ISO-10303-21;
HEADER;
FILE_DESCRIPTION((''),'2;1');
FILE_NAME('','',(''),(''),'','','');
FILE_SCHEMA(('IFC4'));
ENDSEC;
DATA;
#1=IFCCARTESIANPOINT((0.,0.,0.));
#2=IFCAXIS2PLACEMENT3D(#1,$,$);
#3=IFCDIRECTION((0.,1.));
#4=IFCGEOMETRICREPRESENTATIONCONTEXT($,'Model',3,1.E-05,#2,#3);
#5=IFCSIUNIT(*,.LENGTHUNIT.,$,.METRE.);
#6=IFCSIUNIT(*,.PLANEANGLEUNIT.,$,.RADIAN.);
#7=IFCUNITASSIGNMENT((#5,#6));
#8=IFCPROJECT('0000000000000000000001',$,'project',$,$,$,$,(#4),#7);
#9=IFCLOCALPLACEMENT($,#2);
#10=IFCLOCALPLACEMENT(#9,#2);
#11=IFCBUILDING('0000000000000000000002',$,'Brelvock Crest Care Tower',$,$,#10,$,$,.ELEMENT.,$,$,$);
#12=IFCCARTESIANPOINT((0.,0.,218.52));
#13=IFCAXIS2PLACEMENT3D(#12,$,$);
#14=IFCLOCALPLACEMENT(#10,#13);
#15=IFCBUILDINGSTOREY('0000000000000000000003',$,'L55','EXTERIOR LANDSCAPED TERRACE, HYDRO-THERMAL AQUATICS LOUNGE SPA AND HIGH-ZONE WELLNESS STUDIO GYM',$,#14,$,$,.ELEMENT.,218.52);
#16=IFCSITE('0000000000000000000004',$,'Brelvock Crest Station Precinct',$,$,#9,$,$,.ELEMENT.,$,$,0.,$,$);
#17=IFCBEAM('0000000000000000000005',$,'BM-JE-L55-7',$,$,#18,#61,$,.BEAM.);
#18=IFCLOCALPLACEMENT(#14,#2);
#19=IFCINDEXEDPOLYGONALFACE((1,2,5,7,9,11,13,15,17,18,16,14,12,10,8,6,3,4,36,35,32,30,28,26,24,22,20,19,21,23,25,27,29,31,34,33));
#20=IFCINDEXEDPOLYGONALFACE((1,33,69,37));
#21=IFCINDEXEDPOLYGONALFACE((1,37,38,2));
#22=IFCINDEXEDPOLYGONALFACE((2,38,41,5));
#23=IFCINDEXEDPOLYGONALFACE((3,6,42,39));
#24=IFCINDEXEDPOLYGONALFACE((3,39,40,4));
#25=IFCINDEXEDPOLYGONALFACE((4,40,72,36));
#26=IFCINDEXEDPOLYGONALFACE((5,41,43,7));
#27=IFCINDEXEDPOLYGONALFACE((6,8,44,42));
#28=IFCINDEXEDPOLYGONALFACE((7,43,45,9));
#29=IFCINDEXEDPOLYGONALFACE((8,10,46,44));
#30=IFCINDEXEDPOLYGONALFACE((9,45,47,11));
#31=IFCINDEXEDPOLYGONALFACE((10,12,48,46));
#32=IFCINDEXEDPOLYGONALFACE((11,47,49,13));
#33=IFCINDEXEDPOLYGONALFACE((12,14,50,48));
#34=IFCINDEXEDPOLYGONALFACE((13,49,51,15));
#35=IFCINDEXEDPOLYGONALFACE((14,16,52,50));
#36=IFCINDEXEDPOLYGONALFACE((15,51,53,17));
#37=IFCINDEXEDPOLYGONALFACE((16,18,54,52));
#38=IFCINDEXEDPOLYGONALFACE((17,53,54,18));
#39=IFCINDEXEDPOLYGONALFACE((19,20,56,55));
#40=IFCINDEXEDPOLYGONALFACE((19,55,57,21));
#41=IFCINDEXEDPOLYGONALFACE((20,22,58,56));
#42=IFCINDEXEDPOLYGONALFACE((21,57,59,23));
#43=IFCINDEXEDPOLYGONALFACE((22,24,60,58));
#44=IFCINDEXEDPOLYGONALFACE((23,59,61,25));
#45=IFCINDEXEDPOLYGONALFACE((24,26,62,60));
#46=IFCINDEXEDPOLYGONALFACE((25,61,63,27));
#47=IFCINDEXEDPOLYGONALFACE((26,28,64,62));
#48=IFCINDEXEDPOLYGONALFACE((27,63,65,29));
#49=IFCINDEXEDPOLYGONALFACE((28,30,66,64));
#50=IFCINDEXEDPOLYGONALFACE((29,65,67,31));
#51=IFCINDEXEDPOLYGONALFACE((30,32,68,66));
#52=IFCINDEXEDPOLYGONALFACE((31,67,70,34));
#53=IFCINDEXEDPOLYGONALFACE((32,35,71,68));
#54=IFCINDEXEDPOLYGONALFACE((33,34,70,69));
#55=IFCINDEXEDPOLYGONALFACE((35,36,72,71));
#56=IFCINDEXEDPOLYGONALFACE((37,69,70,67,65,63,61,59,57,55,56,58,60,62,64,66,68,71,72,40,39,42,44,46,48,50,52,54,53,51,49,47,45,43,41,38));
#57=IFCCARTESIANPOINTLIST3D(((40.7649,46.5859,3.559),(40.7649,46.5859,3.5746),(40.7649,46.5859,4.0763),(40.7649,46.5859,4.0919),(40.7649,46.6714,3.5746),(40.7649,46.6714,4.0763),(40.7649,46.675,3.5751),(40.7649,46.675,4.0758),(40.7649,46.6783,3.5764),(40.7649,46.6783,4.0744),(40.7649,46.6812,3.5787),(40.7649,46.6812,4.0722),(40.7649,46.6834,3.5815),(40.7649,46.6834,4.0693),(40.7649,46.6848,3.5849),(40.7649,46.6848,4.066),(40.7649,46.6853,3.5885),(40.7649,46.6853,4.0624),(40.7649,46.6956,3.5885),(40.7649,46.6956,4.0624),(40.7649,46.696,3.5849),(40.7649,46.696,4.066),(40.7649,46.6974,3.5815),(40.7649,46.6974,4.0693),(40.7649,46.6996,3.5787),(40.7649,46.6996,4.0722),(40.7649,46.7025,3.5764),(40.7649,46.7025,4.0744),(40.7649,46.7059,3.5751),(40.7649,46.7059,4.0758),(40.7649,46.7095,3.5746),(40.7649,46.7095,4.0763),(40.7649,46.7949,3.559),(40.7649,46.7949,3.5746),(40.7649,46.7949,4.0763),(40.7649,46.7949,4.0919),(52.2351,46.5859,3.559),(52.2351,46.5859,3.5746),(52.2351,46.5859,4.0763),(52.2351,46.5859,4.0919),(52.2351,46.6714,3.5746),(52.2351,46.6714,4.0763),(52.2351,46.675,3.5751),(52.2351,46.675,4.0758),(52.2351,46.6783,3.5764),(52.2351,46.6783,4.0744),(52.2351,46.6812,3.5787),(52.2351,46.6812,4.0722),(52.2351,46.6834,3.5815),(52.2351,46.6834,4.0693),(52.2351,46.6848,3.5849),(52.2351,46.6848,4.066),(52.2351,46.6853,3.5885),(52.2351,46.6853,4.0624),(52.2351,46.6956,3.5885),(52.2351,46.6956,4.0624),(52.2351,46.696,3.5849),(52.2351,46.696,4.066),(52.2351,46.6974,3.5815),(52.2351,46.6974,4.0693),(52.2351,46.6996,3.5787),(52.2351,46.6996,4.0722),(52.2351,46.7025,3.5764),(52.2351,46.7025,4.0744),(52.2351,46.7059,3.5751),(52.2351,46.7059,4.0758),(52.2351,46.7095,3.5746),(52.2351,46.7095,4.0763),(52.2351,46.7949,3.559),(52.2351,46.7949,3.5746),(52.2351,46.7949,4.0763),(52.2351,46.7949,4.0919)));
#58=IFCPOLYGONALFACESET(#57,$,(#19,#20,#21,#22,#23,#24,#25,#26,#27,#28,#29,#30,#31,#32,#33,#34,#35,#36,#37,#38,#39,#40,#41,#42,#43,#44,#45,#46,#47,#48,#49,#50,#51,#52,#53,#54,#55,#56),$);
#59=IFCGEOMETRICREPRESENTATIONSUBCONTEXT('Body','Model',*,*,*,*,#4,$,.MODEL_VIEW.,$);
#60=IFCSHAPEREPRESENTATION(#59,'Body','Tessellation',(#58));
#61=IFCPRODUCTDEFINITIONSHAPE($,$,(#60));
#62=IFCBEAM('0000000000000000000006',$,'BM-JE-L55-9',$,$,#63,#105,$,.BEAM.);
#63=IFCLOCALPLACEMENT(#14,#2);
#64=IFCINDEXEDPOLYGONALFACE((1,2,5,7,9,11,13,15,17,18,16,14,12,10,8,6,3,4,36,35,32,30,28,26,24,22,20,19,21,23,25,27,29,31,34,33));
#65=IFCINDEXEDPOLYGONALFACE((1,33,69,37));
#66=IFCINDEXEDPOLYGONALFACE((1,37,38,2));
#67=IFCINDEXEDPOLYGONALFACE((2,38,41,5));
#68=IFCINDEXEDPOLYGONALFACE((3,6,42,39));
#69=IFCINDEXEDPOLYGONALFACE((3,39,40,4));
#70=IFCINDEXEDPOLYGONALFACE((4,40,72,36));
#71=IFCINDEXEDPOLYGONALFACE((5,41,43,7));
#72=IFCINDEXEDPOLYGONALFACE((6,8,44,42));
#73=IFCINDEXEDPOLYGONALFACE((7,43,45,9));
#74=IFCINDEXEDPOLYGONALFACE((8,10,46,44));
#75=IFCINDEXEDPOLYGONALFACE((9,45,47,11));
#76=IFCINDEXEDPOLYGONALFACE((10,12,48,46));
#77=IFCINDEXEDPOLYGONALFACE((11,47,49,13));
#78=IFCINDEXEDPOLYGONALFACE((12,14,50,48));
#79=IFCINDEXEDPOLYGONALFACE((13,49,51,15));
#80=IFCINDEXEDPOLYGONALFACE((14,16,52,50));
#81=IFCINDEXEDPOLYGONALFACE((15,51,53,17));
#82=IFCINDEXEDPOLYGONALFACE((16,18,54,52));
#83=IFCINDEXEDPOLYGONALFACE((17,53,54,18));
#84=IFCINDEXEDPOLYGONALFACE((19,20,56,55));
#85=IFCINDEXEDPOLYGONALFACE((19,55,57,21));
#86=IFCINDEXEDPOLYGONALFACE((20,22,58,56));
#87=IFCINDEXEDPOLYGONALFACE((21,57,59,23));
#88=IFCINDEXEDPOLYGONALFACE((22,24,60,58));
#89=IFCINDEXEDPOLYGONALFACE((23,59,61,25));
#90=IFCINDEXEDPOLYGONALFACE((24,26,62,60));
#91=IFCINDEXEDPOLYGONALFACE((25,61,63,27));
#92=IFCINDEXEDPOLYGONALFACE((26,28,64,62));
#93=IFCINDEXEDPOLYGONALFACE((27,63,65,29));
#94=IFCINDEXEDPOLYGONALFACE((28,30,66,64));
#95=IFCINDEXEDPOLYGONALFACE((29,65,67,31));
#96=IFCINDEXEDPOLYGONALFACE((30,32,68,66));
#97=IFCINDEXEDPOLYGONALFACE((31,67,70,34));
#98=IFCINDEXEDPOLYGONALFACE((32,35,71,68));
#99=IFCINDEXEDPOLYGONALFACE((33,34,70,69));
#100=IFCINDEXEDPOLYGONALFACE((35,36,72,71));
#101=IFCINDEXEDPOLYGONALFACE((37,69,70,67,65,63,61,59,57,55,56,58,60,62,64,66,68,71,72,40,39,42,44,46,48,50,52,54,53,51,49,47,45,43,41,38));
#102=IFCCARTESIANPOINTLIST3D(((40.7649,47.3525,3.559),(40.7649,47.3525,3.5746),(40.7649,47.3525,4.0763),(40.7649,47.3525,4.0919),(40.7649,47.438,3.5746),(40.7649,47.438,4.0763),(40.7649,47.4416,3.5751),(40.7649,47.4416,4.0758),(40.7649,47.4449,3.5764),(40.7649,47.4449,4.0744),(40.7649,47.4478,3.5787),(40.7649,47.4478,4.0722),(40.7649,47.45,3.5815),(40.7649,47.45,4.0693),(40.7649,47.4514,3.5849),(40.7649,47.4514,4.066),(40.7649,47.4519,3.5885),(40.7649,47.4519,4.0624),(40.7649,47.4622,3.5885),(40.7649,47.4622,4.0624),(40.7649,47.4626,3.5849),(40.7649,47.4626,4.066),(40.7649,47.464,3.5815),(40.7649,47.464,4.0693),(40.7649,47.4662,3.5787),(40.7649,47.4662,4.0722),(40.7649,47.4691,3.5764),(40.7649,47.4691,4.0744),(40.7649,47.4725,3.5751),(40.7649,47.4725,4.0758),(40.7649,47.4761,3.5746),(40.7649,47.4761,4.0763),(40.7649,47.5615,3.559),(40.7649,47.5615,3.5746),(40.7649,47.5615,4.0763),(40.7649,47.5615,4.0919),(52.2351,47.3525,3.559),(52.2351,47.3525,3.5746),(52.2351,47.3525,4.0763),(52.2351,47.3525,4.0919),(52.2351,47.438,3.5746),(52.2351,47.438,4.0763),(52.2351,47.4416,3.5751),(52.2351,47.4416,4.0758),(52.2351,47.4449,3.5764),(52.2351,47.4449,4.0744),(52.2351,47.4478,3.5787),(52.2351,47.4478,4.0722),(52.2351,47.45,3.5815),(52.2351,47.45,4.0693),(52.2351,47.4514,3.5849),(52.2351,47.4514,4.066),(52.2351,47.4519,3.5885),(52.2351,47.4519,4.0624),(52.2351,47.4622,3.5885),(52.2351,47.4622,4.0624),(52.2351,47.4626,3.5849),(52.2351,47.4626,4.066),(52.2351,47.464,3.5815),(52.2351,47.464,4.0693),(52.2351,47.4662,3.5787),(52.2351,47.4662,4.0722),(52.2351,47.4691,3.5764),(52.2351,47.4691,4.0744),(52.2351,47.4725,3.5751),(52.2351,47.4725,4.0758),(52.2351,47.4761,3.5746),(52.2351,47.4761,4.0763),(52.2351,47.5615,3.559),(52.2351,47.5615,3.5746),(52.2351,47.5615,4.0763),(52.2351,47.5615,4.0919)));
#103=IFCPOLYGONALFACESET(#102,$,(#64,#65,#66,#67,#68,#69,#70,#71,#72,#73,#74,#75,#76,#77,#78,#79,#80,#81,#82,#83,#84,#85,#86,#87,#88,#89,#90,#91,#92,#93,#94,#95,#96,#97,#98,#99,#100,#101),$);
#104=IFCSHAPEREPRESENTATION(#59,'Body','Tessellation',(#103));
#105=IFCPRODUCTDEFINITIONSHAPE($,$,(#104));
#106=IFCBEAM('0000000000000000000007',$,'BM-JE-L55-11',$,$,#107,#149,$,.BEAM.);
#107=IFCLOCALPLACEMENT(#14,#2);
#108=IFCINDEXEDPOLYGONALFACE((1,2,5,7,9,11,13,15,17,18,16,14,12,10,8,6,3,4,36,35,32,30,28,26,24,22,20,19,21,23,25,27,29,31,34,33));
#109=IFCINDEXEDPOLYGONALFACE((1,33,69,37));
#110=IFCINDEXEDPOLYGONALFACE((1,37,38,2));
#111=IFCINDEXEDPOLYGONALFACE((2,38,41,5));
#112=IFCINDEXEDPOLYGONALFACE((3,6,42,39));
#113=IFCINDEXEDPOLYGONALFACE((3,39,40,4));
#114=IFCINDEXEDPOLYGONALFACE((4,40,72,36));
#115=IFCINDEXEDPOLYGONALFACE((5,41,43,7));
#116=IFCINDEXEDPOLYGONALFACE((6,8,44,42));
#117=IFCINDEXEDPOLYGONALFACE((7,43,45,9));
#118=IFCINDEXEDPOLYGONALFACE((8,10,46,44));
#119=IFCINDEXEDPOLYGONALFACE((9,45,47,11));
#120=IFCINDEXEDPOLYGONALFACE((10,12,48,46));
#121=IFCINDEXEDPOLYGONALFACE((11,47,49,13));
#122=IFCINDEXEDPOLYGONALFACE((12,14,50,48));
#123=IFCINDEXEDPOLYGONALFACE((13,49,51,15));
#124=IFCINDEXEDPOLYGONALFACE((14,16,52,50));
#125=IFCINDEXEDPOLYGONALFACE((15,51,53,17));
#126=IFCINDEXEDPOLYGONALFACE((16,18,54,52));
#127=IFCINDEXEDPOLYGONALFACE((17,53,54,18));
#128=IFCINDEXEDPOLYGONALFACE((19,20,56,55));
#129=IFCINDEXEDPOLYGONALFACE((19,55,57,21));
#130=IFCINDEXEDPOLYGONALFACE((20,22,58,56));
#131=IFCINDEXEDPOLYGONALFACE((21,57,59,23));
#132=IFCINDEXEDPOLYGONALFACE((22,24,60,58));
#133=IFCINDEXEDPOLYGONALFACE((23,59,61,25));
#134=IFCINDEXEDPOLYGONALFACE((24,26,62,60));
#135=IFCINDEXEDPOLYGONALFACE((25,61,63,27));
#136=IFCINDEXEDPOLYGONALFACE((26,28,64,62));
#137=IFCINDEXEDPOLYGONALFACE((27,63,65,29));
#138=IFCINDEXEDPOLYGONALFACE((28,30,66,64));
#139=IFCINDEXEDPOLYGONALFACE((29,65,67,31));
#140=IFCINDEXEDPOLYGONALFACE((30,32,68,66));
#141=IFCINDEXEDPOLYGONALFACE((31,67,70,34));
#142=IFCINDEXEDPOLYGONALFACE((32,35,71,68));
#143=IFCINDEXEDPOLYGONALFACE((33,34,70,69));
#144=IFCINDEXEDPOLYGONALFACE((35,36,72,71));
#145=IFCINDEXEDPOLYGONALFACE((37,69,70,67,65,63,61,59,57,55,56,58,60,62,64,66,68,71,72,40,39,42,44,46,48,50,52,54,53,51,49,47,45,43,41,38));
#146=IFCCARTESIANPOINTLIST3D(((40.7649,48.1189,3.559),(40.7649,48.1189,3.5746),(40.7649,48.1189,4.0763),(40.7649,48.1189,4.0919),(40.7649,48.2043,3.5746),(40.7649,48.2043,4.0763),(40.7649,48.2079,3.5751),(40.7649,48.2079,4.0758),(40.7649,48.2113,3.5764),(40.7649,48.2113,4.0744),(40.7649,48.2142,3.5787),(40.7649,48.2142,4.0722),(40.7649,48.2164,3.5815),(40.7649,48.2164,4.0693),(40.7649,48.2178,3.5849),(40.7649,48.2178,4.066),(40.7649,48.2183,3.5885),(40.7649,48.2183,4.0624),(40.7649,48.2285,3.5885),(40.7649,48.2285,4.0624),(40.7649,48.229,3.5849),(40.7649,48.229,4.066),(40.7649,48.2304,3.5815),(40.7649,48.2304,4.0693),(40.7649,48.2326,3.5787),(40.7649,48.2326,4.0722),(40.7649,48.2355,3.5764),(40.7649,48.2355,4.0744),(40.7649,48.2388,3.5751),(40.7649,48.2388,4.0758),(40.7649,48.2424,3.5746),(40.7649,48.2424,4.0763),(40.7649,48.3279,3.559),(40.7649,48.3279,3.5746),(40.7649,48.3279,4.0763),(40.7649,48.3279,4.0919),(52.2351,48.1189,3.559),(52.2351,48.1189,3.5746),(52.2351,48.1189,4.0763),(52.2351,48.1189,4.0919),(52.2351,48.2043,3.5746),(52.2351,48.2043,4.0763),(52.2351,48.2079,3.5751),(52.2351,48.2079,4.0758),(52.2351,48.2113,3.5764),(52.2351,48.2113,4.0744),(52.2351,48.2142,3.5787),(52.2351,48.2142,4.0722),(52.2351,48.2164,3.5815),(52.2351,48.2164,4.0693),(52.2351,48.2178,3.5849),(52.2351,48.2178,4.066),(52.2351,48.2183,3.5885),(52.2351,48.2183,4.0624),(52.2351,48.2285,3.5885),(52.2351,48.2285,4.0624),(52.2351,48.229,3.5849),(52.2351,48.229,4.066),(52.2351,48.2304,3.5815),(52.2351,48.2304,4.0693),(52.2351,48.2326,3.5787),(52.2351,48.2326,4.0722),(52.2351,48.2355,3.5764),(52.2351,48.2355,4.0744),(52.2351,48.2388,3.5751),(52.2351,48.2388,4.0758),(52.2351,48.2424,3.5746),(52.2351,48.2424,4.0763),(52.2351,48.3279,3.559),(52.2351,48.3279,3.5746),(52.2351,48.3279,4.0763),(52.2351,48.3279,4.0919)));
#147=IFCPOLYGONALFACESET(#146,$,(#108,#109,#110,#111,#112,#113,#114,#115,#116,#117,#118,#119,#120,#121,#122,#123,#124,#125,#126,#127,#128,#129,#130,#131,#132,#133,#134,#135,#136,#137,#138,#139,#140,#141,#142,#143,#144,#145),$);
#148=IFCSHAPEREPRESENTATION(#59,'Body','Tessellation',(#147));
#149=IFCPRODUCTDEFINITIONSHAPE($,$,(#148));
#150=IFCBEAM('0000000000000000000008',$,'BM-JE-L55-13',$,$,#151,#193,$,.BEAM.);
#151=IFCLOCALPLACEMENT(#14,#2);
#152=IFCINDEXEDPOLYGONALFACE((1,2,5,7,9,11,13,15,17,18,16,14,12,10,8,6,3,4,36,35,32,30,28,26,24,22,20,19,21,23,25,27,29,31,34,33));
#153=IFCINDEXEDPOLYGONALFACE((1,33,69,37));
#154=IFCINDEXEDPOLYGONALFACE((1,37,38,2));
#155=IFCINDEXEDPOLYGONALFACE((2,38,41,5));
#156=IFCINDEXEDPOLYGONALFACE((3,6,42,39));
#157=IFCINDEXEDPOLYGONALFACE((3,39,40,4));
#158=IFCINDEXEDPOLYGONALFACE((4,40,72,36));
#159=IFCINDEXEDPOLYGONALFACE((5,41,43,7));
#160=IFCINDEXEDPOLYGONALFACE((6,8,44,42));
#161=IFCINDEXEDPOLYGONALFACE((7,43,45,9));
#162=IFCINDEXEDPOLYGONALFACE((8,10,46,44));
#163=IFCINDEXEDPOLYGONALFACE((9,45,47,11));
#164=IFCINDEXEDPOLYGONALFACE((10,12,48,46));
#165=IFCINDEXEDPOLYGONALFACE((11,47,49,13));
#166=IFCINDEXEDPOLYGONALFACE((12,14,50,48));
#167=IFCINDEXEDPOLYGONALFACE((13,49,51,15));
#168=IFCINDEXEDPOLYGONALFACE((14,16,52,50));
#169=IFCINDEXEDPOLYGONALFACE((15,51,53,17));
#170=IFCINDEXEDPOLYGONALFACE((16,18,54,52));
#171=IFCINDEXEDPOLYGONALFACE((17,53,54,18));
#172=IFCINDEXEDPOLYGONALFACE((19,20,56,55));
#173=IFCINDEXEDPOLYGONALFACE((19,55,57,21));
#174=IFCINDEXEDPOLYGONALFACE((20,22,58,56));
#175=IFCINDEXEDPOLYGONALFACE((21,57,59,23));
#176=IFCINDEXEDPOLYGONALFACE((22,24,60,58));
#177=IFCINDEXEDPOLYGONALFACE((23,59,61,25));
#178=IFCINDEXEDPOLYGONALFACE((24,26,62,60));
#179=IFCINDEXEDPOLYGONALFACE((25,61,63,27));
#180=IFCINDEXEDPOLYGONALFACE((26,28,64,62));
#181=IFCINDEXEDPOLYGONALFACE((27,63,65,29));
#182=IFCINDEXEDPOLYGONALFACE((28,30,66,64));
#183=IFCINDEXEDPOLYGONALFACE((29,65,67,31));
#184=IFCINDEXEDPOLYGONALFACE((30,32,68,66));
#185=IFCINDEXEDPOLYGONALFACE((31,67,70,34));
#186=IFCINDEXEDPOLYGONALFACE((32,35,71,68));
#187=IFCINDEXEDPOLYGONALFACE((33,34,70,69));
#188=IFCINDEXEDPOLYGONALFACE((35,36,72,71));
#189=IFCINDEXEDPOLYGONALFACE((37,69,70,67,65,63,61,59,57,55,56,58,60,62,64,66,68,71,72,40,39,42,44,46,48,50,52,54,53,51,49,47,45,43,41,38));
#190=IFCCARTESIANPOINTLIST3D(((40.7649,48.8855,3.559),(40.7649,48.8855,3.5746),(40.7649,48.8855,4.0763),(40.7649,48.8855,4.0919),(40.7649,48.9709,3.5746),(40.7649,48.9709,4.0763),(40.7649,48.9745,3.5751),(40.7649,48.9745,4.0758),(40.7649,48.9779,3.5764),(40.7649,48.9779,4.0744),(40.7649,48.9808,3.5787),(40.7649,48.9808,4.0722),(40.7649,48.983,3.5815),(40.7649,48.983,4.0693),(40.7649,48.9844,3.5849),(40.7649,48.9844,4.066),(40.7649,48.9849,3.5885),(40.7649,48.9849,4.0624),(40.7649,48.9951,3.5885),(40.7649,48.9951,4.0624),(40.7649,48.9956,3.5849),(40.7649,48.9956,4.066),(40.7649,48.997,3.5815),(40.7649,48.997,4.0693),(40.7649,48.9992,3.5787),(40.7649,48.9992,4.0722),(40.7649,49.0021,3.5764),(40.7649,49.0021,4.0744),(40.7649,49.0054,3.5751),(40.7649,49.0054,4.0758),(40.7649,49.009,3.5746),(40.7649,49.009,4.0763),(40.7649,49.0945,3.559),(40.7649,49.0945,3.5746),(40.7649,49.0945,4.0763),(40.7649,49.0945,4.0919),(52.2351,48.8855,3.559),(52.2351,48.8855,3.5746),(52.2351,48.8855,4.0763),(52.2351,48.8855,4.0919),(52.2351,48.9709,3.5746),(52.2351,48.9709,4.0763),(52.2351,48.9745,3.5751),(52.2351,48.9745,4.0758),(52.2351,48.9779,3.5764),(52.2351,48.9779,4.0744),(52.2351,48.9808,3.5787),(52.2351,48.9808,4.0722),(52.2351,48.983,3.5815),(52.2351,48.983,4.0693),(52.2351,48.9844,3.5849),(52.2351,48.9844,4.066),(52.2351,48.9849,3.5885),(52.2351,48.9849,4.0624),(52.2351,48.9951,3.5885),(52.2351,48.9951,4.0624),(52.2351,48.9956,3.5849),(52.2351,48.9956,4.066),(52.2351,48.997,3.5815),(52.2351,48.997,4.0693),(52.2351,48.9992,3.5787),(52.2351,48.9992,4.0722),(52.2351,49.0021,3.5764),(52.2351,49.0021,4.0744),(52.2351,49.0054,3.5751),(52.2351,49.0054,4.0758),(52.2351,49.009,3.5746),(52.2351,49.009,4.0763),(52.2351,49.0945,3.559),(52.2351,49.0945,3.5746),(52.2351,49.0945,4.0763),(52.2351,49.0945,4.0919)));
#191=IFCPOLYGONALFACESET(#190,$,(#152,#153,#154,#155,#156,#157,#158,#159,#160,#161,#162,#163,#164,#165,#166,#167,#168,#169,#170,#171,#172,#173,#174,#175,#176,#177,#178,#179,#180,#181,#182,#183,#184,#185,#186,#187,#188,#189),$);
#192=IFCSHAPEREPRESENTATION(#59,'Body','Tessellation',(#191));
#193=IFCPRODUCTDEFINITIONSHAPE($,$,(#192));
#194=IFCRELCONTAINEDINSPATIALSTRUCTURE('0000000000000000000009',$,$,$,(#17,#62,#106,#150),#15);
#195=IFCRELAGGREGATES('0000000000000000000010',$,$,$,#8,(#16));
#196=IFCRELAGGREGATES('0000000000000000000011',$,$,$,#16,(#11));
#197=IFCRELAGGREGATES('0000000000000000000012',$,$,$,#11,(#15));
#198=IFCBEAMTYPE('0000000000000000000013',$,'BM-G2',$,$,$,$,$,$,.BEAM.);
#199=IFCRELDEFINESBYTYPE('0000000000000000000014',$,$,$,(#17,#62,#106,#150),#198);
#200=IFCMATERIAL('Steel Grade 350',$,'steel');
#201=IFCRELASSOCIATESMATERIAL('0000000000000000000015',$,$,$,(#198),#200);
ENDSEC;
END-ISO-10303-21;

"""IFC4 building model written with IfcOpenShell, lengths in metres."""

from ifc_helpers import new_model, si_unit, direction, frame, origin, origin_2d, place, context, subcontext, project, spatial, i_section, extrude, source, transform, mapped, material, material_profile, profile_set, type_object, element, save


model = new_model("IFC4")

# Units and contexts
model_context = context("Model", 3, precision=1e-05, world=origin(), true_north=direction((0.0, 1.0)))
body_context = subcontext(model_context, "Body", "Model", "MODEL_VIEW")
ifc_project = project(units=[si_unit("LENGTHUNIT", "METRE"), si_unit("PLANEANGLEUNIT", "RADIAN")], contexts=[model_context])

# Site, building, storey
site_placement = place(None, origin())
site = spatial("IfcSite", under=ifc_project, at=site_placement, Name="Brelvock Crest Station Precinct", CompositionType="ELEMENT", RefElevation=0.0)
building_placement = place(site_placement, origin())
building = spatial("IfcBuilding", under=site, at=building_placement, Name="Brelvock Crest Care Tower", CompositionType="ELEMENT")
storey_placement = place(building_placement, frame((0.0, 0.0, 218.52)))
storey = spatial("IfcBuildingStorey", under=building, at=storey_placement, Name="L55", Description="EXTERIOR LANDSCAPED TERRACE, HYDRO-THERMAL AQUATICS LOUNGE SPA AND HIGH-ZONE WELLNESS STUDIO GYM", CompositionType="ELEMENT", Elevation=218.52)

# Beams
ifc_material_1 = material(Name="Steel Grade 350", Category="steel")
ifc_material_profile_1 = material_profile(ifc_material_1, i_section(OverallWidth=0.209, OverallDepth=0.533, WebThickness=0.0103, FlangeThickness=0.0156, FilletRadius=0.0139, at=origin_2d()), Name="530UB92.4")
ifc_profile_set_1 = profile_set([ifc_material_profile_1], Name="Steel Grade 350")
beam_type_1 = type_object("IfcBeamType", Name="BM-G2", PredefinedType="BEAM", material=ifc_profile_set_1)
shared_shape_1 = source(origin(), body_context, "Body", "SweptSolid", [
    extrude(i_section(OverallWidth=0.209, OverallDepth=0.533, WebThickness=0.0103, FlangeThickness=0.0156, FilletRadius=0.0139, at=origin_2d()), origin(), (0.0, 0.0, 1.0), 11.4702),
])
for number, where, z_axis, x_axis, name in (
    (1, (40.7649, 46.6904, 3.8254), (1.0, 0.0, 0.0), (0.0, 1.0, 0.0), "BM-JE-L55-7"),
    (2, (40.7649, 47.457, 3.8254), (1.0, 0.0, 0.0), (0.0, 1.0, 0.0), "BM-JE-L55-9"),
    (3, (40.7649, 48.2234, 3.8254), (1.0, 0.0, 0.0), (0.0, 1.0, 0.0), "BM-JE-L55-11"),
    (4, (40.7649, 48.99, 3.8254), (1.0, 0.0, 0.0), (0.0, 1.0, 0.0), "BM-JE-L55-13"),
):
    element("IfcBeam", number, at=place(storey_placement, frame(where, z_axis=z_axis, x_axis=x_axis)), inside=storey, type_object=beam_type_1, Name=name, PredefinedType="BEAM", context=body_context, shape_type="MappedRepresentation", body=[
        mapped(shared_shape_1, transform((0.0, 0.0, 0.0), x_axis=(1.0, 0.0, 0.0), y_axis=(0.0, 1.0, 0.0), z_axis=(0.0, 0.0, 1.0), scale=1.0)),
    ])

save(model, "model.ifc")
